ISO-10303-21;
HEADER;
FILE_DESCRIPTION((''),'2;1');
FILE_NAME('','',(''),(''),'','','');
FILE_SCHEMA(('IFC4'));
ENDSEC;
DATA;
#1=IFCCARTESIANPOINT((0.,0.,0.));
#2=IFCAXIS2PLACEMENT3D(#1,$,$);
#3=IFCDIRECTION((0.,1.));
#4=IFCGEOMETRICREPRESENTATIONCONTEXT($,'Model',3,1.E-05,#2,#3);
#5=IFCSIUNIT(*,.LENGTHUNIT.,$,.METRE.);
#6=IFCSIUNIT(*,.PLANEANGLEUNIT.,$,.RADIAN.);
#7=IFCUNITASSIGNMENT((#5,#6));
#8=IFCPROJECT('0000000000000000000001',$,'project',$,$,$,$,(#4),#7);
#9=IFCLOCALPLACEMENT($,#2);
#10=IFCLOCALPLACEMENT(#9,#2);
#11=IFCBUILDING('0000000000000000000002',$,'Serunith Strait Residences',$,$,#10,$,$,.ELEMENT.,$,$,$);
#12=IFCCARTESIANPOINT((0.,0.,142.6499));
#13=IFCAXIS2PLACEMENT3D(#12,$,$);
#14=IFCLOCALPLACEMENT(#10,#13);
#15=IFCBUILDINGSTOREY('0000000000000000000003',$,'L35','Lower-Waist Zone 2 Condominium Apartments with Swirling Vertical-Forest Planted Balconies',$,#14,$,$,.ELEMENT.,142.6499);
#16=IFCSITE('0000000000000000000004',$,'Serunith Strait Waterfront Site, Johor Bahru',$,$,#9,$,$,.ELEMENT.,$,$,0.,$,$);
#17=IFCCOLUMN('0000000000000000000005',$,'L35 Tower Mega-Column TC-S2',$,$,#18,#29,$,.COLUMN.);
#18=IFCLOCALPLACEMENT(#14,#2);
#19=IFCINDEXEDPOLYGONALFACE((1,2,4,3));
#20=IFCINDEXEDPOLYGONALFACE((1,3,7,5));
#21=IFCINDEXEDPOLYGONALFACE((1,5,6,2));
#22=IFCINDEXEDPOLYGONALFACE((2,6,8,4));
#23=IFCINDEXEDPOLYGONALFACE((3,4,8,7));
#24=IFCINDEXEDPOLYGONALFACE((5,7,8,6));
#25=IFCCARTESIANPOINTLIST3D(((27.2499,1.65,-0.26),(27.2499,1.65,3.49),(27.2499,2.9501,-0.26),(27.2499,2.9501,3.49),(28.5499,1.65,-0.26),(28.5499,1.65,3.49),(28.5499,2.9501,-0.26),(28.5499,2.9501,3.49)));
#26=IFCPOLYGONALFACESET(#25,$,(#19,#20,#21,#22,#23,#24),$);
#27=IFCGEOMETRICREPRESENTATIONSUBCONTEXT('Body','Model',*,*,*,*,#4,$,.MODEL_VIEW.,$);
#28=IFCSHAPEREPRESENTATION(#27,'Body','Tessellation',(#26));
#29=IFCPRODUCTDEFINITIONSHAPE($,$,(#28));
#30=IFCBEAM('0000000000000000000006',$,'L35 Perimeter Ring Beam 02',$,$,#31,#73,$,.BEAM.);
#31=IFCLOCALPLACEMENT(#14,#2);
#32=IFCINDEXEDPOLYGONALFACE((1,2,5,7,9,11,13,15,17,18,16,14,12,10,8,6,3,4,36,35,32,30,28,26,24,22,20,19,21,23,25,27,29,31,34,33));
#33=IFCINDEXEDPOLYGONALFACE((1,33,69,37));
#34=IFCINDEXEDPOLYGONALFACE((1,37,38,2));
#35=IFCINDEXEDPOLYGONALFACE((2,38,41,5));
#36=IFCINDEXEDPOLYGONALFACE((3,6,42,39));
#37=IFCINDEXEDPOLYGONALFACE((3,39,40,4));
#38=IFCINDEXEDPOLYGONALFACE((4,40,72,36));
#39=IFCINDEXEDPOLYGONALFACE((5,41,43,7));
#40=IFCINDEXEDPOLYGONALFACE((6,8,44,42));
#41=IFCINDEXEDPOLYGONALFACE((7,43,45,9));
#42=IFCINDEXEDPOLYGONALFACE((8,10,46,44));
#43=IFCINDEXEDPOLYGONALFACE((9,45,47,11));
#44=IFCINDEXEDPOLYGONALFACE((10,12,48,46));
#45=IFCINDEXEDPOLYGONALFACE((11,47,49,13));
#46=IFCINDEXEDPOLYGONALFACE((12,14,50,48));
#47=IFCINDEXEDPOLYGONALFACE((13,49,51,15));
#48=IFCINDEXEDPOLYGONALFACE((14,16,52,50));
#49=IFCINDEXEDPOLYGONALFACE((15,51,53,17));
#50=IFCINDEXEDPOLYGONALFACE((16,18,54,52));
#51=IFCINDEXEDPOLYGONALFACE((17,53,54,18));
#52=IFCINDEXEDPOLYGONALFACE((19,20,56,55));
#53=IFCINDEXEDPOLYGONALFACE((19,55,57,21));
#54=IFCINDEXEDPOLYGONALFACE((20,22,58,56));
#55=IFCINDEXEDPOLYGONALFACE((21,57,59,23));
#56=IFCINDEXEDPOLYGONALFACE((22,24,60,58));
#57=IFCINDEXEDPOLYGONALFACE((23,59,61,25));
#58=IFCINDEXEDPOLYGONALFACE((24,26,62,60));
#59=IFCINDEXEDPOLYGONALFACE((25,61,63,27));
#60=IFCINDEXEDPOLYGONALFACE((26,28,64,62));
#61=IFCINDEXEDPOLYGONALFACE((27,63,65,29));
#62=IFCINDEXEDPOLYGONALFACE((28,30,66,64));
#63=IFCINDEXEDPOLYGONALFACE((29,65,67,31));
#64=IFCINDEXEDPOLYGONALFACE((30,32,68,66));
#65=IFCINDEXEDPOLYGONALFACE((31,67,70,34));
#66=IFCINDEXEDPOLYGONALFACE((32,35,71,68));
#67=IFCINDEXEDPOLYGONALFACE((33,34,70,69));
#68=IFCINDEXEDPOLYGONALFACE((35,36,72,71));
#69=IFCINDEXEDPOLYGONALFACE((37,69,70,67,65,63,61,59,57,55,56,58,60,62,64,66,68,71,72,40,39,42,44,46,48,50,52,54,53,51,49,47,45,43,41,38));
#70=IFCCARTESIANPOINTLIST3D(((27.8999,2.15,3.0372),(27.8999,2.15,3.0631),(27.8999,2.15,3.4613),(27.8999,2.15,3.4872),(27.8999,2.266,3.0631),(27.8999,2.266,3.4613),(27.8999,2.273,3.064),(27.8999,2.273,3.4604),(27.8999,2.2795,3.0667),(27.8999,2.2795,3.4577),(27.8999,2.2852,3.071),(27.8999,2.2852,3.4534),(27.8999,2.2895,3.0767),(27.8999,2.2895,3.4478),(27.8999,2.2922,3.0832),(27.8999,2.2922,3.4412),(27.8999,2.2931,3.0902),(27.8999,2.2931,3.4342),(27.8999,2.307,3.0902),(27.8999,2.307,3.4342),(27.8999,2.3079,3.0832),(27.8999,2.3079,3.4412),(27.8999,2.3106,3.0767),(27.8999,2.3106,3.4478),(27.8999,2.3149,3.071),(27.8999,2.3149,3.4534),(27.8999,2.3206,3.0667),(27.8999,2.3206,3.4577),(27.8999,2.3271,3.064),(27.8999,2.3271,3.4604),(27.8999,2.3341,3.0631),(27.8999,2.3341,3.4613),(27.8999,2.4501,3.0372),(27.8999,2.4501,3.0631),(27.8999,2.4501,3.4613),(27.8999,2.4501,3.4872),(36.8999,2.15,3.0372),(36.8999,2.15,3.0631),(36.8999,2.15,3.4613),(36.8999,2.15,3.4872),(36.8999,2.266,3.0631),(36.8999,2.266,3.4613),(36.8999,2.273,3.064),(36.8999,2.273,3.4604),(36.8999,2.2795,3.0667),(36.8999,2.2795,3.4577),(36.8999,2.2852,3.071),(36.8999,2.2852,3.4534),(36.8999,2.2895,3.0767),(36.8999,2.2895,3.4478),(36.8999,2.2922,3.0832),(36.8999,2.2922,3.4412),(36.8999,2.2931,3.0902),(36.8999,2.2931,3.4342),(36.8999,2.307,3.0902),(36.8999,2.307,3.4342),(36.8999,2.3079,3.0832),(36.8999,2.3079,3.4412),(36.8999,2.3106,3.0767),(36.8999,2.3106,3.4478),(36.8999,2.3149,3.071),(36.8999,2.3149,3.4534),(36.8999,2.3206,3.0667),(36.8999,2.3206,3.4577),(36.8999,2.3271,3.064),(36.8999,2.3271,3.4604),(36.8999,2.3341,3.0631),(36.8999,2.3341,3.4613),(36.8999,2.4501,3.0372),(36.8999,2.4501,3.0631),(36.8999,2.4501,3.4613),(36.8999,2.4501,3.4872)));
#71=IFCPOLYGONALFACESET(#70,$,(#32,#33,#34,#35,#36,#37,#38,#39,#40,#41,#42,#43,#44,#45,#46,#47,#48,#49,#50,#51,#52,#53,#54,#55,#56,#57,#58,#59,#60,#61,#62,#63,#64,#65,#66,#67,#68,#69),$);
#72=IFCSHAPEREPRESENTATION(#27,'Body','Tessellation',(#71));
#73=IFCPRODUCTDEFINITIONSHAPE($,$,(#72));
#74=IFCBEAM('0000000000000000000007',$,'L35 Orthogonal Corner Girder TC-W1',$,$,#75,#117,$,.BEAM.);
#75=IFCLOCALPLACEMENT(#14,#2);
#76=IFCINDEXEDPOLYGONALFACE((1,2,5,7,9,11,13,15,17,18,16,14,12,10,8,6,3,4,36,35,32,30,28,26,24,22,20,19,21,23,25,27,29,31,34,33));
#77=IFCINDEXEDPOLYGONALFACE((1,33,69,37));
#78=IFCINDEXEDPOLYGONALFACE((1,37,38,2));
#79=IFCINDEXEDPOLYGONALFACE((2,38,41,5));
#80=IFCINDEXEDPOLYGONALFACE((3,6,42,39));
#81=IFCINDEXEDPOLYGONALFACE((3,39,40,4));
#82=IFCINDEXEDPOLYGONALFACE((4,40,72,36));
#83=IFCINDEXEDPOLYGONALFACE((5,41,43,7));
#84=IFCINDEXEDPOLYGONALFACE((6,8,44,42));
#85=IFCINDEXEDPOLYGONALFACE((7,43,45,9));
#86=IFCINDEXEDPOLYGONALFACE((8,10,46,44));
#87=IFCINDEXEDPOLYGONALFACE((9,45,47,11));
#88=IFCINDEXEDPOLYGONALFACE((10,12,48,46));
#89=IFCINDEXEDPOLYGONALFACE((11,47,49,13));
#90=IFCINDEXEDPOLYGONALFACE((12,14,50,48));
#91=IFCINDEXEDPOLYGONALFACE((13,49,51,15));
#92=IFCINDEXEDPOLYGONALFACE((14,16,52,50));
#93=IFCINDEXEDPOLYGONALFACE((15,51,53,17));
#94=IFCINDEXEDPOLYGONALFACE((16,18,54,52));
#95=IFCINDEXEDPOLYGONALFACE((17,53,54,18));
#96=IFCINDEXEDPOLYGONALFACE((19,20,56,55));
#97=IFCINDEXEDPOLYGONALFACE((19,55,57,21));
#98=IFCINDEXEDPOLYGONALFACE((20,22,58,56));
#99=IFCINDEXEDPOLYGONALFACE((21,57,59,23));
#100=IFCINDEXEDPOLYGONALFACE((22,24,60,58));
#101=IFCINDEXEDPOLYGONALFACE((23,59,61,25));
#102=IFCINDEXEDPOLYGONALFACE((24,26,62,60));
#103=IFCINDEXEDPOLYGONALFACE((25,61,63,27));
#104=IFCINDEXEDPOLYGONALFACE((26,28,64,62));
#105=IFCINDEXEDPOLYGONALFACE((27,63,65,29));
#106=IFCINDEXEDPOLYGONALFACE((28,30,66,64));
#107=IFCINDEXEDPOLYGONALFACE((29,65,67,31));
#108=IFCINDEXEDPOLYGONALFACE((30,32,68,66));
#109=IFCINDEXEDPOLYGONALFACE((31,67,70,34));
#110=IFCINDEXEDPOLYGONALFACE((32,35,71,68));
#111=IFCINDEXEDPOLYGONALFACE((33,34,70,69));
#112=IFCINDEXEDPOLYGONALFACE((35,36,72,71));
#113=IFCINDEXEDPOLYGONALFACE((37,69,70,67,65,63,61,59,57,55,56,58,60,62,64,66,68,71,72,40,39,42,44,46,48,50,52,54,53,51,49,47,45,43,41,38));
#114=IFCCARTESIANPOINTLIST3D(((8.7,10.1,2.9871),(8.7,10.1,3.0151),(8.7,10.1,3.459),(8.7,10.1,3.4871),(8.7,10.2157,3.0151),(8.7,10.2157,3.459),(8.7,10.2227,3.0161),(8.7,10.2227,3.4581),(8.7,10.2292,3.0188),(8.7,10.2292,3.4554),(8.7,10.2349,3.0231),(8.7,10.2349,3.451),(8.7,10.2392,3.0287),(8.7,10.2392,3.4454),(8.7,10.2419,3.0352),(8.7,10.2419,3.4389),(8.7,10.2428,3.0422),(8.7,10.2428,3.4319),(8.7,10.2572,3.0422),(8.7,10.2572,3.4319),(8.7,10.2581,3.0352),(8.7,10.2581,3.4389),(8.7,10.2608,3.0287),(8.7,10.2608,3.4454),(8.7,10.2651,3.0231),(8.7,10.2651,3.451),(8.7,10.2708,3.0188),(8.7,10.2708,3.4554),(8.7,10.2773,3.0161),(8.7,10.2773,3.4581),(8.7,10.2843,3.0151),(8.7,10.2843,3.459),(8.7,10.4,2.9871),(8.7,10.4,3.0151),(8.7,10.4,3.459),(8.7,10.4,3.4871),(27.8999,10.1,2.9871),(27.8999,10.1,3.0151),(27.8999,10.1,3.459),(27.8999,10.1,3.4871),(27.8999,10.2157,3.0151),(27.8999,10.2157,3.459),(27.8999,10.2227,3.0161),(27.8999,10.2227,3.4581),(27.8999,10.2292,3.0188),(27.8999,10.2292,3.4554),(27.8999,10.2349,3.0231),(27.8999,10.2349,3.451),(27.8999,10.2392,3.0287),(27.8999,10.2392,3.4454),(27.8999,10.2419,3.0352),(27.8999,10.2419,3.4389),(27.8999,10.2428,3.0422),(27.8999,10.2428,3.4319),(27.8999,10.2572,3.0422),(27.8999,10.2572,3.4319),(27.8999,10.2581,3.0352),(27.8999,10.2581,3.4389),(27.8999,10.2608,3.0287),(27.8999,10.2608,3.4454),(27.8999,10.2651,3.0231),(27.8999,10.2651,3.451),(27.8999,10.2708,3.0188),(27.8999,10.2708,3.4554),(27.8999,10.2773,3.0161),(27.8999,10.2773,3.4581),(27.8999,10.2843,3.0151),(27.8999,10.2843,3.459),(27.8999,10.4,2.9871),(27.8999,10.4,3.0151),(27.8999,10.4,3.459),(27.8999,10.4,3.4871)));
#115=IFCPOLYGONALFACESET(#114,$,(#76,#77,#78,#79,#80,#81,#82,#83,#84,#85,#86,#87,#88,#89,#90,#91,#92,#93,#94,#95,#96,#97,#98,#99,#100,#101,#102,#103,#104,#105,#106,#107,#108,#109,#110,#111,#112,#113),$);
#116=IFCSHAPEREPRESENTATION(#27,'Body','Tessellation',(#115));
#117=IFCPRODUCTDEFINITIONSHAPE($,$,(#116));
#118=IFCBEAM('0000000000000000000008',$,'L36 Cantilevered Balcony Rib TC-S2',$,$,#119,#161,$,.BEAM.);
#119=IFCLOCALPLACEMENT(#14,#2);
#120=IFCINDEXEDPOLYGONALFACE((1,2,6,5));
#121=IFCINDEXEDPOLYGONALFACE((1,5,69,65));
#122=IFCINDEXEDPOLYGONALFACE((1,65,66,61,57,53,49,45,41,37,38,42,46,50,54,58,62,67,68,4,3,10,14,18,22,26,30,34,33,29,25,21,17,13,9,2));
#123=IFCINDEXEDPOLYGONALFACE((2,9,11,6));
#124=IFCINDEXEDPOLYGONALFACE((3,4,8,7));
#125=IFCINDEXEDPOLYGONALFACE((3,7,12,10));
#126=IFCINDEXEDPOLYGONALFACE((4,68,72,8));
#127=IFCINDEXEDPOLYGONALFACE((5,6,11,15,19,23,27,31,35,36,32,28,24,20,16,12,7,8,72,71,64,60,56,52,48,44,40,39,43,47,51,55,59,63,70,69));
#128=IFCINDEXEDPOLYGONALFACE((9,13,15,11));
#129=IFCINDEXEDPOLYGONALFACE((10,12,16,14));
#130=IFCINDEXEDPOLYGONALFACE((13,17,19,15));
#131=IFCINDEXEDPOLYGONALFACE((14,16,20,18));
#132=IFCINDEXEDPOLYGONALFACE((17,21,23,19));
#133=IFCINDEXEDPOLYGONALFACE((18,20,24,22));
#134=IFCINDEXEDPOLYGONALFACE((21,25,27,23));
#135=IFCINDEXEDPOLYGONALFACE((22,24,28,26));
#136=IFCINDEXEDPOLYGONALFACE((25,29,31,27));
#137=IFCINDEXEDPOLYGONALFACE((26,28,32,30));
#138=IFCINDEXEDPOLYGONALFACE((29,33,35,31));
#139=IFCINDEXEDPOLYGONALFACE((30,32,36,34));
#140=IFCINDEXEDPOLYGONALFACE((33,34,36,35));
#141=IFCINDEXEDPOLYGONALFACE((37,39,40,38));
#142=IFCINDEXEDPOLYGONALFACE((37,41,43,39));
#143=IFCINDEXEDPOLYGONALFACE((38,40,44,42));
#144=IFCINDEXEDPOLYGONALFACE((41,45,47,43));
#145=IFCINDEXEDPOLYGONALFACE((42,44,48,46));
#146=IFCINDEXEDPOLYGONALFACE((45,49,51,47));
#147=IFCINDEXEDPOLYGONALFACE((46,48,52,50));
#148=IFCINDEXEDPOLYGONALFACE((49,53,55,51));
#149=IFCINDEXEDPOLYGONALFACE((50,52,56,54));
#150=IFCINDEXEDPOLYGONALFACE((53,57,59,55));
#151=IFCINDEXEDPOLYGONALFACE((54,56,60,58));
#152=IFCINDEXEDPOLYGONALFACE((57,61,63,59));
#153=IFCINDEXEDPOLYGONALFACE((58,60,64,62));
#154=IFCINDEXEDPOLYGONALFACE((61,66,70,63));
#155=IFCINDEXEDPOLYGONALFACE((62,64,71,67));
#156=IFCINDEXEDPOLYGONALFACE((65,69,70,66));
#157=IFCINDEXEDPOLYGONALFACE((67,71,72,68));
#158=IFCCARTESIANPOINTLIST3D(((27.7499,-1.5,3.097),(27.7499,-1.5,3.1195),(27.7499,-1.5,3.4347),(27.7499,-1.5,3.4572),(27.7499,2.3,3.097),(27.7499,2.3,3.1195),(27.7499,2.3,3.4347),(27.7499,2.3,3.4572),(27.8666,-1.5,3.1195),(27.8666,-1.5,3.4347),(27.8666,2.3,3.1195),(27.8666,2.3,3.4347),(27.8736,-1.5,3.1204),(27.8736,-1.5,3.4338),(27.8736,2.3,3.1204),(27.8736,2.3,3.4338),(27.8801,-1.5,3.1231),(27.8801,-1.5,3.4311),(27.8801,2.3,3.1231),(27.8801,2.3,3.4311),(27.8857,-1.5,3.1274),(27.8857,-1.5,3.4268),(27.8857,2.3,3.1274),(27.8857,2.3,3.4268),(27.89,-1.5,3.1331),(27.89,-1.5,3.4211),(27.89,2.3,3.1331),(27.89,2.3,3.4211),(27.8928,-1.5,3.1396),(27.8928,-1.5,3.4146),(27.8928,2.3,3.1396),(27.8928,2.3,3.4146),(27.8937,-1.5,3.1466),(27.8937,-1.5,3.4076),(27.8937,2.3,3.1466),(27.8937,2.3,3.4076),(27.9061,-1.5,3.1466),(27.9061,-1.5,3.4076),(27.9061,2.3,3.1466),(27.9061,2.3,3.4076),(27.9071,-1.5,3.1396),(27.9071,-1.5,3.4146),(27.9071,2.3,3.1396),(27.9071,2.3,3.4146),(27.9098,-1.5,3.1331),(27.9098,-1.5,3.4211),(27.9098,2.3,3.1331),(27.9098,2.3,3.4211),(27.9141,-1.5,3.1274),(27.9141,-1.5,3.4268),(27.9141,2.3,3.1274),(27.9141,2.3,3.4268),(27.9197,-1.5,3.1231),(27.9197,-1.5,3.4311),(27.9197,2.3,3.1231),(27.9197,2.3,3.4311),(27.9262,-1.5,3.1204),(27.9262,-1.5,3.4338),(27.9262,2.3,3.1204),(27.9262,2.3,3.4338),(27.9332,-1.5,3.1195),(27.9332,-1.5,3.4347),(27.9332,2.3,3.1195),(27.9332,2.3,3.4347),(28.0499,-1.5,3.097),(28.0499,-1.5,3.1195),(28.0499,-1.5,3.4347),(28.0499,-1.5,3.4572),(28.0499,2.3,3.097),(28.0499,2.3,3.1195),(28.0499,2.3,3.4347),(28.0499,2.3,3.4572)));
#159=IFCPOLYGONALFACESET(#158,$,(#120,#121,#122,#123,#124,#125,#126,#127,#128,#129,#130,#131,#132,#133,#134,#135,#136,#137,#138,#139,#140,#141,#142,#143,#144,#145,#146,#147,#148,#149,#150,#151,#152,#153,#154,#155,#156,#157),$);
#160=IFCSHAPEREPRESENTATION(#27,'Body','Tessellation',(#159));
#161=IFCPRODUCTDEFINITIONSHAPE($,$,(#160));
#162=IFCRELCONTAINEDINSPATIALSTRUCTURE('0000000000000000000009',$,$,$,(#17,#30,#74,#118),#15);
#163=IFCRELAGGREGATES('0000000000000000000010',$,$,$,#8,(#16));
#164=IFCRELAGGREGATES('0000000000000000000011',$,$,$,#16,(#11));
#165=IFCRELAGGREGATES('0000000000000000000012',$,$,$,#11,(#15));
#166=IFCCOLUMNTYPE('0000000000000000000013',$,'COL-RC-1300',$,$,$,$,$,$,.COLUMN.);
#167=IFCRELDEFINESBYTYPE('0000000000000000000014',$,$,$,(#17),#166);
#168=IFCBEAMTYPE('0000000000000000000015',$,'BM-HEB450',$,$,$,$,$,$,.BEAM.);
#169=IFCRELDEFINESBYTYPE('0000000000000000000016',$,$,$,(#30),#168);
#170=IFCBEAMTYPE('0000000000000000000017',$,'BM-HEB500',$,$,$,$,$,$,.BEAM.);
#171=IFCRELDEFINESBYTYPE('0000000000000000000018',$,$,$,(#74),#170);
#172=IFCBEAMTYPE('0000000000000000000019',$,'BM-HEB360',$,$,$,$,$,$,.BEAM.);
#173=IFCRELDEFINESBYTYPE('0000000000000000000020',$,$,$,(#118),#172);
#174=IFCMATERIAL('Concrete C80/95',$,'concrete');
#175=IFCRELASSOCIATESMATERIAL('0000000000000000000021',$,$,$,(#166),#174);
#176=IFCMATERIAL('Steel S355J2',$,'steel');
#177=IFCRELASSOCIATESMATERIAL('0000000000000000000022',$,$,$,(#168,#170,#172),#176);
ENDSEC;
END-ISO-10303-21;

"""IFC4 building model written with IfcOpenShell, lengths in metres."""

from ifc_helpers import new_model, si_unit, direction, frame, origin, origin_2d, place, context, subcontext, project, spatial, rectangle, i_section, extrude, source, transform, mapped, material, material_profile, profile_set, type_object, element, save


model = new_model("IFC4")

# Units and contexts
model_context = context("Model", 3, precision=1e-05, world=origin(), true_north=direction((0.0, 1.0)))
body_context = subcontext(model_context, "Body", "Model", "MODEL_VIEW")
ifc_project = project(units=[si_unit("LENGTHUNIT", "METRE"), si_unit("PLANEANGLEUNIT", "RADIAN")], contexts=[model_context])

# Site, building, storey
site_placement = place(None, origin())
site = spatial("IfcSite", under=ifc_project, at=site_placement, Name="Serunith Strait Waterfront Site, Johor Bahru", CompositionType="ELEMENT", RefElevation=0.0)
building_placement = place(site_placement, origin())
building = spatial("IfcBuilding", under=site, at=building_placement, Name="Serunith Strait Residences", CompositionType="ELEMENT")
storey_placement = place(building_placement, frame((0.0, 0.0, 142.6499)))
storey = spatial("IfcBuildingStorey", under=building, at=storey_placement, Name="L35", Description="Lower-Waist Zone 2 Condominium Apartments with Swirling Vertical-Forest Planted Balconies", CompositionType="ELEMENT", Elevation=142.6499)

# Column
ifc_material_1 = material(Name="Concrete C80/95", Category="concrete")
ifc_material_profile_1 = material_profile(ifc_material_1, rectangle(XDim=1.3, YDim=1.3, at=origin_2d()), Name="RC 1300x1300")
ifc_profile_set_1 = profile_set([ifc_material_profile_1], Name="Concrete C80/95")
column_type = type_object("IfcColumnType", Name="COL-RC-1300", PredefinedType="COLUMN", material=ifc_profile_set_1)
shared_shape_1 = source(origin(), body_context, "Body", "SweptSolid", [
    extrude(rectangle(XDim=1.3, YDim=1.3, at=origin_2d()), origin(), (0.0, 0.0, 1.0), 3.75),
])
column_placement = place(storey_placement, frame((27.8999, 2.3, -0.26), z_axis=(0.0, 0.0, 1.0), x_axis=(1.0, 0.0, 0.0)))
element("IfcColumn", 1, at=column_placement, inside=storey, type_object=column_type, Name="L35 Tower Mega-Column TC-S2", PredefinedType="COLUMN", context=body_context, shape_type="MappedRepresentation", body=[
    mapped(shared_shape_1, transform((0.0, 0.0, 0.0), scale=1.0)),
])

# Beams
ifc_material_2 = material(Name="Steel S355J2", Category="steel")
ifc_material_profile_2 = material_profile(ifc_material_2, i_section(OverallWidth=0.3, OverallDepth=0.45, WebThickness=0.0139, FlangeThickness=0.0259, FilletRadius=0.0271, at=origin_2d()), Name="HEB 450")
ifc_profile_set_2 = profile_set([ifc_material_profile_2], Name="Steel S355J2")
beam_type_1 = type_object("IfcBeamType", Name="BM-HEB450", PredefinedType="BEAM", material=ifc_profile_set_2)
shared_shape_2 = source(origin(), body_context, "Body", "SweptSolid", [
    extrude(i_section(OverallWidth=0.3, OverallDepth=0.45, WebThickness=0.0139, FlangeThickness=0.0259, FilletRadius=0.0271, at=origin_2d()), origin(), (0.0, 0.0, 1.0), 9.0),
])
beam_1_placement = place(storey_placement, frame((27.8999, 2.3, 3.2622), z_axis=(1.0, 0.0, 0.0), x_axis=(0.0, 1.0, 0.0)))
element("IfcBeam", 2, at=beam_1_placement, inside=storey, type_object=beam_type_1, Name="L35 Perimeter Ring Beam 02", PredefinedType="BEAM", context=body_context, shape_type="MappedRepresentation", body=[
    mapped(shared_shape_2, transform((0.0, 0.0, 0.0), scale=1.0)),
])
ifc_material_profile_3 = material_profile(ifc_material_2, i_section(OverallWidth=0.3, OverallDepth=0.5, WebThickness=0.0144, FlangeThickness=0.0281, FilletRadius=0.0271, at=origin_2d()), Name="HEB 500")
ifc_profile_set_3 = profile_set([ifc_material_profile_3], Name="Steel S355J2")
beam_type_2 = type_object("IfcBeamType", Name="BM-HEB500", PredefinedType="BEAM", material=ifc_profile_set_3)
shared_shape_3 = source(origin(), body_context, "Body", "SweptSolid", [
    extrude(i_section(OverallWidth=0.3, OverallDepth=0.5, WebThickness=0.0144, FlangeThickness=0.0281, FilletRadius=0.0271, at=origin_2d()), origin(), (0.0, 0.0, 1.0), 19.2),
])
beam_2_placement = place(storey_placement, frame((27.8999, 10.25, 3.2371), z_axis=(-1.0, 0.0, 0.0), x_axis=(0.0, -1.0, 0.0)))
element("IfcBeam", 3, at=beam_2_placement, inside=storey, type_object=beam_type_2, Name="L35 Orthogonal Corner Girder TC-W1", PredefinedType="BEAM", context=body_context, shape_type="MappedRepresentation", body=[
    mapped(shared_shape_3, transform((0.0, 0.0, 0.0), scale=1.0)),
])
ifc_material_profile_4 = material_profile(ifc_material_2, i_section(OverallWidth=0.3, OverallDepth=0.3601, WebThickness=0.0125, FlangeThickness=0.0225, FilletRadius=0.0271, at=origin_2d()), Name="HEB 360")
ifc_profile_set_4 = profile_set([ifc_material_profile_4], Name="Steel S355J2")
beam_type_3 = type_object("IfcBeamType", Name="BM-HEB360", PredefinedType="BEAM", material=ifc_profile_set_4)
shared_shape_4 = source(origin(), body_context, "Body", "SweptSolid", [
    extrude(i_section(OverallWidth=0.3, OverallDepth=0.3601, WebThickness=0.0125, FlangeThickness=0.0225, FilletRadius=0.0271, at=origin_2d()), origin(), (0.0, 0.0, 1.0), 3.8),
])
beam_3_placement = place(storey_placement, frame((27.8999, 2.3, 3.2771), z_axis=(0.0, -1.0, 0.0), x_axis=(1.0, 0.0, 0.0)))
element("IfcBeam", 4, at=beam_3_placement, inside=storey, type_object=beam_type_3, Name="L36 Cantilevered Balcony Rib TC-S2", PredefinedType="BEAM", context=body_context, shape_type="MappedRepresentation", body=[
    mapped(shared_shape_4, transform((0.0, 0.0, 0.0), scale=1.0)),
])

save(model, "model.ifc")
